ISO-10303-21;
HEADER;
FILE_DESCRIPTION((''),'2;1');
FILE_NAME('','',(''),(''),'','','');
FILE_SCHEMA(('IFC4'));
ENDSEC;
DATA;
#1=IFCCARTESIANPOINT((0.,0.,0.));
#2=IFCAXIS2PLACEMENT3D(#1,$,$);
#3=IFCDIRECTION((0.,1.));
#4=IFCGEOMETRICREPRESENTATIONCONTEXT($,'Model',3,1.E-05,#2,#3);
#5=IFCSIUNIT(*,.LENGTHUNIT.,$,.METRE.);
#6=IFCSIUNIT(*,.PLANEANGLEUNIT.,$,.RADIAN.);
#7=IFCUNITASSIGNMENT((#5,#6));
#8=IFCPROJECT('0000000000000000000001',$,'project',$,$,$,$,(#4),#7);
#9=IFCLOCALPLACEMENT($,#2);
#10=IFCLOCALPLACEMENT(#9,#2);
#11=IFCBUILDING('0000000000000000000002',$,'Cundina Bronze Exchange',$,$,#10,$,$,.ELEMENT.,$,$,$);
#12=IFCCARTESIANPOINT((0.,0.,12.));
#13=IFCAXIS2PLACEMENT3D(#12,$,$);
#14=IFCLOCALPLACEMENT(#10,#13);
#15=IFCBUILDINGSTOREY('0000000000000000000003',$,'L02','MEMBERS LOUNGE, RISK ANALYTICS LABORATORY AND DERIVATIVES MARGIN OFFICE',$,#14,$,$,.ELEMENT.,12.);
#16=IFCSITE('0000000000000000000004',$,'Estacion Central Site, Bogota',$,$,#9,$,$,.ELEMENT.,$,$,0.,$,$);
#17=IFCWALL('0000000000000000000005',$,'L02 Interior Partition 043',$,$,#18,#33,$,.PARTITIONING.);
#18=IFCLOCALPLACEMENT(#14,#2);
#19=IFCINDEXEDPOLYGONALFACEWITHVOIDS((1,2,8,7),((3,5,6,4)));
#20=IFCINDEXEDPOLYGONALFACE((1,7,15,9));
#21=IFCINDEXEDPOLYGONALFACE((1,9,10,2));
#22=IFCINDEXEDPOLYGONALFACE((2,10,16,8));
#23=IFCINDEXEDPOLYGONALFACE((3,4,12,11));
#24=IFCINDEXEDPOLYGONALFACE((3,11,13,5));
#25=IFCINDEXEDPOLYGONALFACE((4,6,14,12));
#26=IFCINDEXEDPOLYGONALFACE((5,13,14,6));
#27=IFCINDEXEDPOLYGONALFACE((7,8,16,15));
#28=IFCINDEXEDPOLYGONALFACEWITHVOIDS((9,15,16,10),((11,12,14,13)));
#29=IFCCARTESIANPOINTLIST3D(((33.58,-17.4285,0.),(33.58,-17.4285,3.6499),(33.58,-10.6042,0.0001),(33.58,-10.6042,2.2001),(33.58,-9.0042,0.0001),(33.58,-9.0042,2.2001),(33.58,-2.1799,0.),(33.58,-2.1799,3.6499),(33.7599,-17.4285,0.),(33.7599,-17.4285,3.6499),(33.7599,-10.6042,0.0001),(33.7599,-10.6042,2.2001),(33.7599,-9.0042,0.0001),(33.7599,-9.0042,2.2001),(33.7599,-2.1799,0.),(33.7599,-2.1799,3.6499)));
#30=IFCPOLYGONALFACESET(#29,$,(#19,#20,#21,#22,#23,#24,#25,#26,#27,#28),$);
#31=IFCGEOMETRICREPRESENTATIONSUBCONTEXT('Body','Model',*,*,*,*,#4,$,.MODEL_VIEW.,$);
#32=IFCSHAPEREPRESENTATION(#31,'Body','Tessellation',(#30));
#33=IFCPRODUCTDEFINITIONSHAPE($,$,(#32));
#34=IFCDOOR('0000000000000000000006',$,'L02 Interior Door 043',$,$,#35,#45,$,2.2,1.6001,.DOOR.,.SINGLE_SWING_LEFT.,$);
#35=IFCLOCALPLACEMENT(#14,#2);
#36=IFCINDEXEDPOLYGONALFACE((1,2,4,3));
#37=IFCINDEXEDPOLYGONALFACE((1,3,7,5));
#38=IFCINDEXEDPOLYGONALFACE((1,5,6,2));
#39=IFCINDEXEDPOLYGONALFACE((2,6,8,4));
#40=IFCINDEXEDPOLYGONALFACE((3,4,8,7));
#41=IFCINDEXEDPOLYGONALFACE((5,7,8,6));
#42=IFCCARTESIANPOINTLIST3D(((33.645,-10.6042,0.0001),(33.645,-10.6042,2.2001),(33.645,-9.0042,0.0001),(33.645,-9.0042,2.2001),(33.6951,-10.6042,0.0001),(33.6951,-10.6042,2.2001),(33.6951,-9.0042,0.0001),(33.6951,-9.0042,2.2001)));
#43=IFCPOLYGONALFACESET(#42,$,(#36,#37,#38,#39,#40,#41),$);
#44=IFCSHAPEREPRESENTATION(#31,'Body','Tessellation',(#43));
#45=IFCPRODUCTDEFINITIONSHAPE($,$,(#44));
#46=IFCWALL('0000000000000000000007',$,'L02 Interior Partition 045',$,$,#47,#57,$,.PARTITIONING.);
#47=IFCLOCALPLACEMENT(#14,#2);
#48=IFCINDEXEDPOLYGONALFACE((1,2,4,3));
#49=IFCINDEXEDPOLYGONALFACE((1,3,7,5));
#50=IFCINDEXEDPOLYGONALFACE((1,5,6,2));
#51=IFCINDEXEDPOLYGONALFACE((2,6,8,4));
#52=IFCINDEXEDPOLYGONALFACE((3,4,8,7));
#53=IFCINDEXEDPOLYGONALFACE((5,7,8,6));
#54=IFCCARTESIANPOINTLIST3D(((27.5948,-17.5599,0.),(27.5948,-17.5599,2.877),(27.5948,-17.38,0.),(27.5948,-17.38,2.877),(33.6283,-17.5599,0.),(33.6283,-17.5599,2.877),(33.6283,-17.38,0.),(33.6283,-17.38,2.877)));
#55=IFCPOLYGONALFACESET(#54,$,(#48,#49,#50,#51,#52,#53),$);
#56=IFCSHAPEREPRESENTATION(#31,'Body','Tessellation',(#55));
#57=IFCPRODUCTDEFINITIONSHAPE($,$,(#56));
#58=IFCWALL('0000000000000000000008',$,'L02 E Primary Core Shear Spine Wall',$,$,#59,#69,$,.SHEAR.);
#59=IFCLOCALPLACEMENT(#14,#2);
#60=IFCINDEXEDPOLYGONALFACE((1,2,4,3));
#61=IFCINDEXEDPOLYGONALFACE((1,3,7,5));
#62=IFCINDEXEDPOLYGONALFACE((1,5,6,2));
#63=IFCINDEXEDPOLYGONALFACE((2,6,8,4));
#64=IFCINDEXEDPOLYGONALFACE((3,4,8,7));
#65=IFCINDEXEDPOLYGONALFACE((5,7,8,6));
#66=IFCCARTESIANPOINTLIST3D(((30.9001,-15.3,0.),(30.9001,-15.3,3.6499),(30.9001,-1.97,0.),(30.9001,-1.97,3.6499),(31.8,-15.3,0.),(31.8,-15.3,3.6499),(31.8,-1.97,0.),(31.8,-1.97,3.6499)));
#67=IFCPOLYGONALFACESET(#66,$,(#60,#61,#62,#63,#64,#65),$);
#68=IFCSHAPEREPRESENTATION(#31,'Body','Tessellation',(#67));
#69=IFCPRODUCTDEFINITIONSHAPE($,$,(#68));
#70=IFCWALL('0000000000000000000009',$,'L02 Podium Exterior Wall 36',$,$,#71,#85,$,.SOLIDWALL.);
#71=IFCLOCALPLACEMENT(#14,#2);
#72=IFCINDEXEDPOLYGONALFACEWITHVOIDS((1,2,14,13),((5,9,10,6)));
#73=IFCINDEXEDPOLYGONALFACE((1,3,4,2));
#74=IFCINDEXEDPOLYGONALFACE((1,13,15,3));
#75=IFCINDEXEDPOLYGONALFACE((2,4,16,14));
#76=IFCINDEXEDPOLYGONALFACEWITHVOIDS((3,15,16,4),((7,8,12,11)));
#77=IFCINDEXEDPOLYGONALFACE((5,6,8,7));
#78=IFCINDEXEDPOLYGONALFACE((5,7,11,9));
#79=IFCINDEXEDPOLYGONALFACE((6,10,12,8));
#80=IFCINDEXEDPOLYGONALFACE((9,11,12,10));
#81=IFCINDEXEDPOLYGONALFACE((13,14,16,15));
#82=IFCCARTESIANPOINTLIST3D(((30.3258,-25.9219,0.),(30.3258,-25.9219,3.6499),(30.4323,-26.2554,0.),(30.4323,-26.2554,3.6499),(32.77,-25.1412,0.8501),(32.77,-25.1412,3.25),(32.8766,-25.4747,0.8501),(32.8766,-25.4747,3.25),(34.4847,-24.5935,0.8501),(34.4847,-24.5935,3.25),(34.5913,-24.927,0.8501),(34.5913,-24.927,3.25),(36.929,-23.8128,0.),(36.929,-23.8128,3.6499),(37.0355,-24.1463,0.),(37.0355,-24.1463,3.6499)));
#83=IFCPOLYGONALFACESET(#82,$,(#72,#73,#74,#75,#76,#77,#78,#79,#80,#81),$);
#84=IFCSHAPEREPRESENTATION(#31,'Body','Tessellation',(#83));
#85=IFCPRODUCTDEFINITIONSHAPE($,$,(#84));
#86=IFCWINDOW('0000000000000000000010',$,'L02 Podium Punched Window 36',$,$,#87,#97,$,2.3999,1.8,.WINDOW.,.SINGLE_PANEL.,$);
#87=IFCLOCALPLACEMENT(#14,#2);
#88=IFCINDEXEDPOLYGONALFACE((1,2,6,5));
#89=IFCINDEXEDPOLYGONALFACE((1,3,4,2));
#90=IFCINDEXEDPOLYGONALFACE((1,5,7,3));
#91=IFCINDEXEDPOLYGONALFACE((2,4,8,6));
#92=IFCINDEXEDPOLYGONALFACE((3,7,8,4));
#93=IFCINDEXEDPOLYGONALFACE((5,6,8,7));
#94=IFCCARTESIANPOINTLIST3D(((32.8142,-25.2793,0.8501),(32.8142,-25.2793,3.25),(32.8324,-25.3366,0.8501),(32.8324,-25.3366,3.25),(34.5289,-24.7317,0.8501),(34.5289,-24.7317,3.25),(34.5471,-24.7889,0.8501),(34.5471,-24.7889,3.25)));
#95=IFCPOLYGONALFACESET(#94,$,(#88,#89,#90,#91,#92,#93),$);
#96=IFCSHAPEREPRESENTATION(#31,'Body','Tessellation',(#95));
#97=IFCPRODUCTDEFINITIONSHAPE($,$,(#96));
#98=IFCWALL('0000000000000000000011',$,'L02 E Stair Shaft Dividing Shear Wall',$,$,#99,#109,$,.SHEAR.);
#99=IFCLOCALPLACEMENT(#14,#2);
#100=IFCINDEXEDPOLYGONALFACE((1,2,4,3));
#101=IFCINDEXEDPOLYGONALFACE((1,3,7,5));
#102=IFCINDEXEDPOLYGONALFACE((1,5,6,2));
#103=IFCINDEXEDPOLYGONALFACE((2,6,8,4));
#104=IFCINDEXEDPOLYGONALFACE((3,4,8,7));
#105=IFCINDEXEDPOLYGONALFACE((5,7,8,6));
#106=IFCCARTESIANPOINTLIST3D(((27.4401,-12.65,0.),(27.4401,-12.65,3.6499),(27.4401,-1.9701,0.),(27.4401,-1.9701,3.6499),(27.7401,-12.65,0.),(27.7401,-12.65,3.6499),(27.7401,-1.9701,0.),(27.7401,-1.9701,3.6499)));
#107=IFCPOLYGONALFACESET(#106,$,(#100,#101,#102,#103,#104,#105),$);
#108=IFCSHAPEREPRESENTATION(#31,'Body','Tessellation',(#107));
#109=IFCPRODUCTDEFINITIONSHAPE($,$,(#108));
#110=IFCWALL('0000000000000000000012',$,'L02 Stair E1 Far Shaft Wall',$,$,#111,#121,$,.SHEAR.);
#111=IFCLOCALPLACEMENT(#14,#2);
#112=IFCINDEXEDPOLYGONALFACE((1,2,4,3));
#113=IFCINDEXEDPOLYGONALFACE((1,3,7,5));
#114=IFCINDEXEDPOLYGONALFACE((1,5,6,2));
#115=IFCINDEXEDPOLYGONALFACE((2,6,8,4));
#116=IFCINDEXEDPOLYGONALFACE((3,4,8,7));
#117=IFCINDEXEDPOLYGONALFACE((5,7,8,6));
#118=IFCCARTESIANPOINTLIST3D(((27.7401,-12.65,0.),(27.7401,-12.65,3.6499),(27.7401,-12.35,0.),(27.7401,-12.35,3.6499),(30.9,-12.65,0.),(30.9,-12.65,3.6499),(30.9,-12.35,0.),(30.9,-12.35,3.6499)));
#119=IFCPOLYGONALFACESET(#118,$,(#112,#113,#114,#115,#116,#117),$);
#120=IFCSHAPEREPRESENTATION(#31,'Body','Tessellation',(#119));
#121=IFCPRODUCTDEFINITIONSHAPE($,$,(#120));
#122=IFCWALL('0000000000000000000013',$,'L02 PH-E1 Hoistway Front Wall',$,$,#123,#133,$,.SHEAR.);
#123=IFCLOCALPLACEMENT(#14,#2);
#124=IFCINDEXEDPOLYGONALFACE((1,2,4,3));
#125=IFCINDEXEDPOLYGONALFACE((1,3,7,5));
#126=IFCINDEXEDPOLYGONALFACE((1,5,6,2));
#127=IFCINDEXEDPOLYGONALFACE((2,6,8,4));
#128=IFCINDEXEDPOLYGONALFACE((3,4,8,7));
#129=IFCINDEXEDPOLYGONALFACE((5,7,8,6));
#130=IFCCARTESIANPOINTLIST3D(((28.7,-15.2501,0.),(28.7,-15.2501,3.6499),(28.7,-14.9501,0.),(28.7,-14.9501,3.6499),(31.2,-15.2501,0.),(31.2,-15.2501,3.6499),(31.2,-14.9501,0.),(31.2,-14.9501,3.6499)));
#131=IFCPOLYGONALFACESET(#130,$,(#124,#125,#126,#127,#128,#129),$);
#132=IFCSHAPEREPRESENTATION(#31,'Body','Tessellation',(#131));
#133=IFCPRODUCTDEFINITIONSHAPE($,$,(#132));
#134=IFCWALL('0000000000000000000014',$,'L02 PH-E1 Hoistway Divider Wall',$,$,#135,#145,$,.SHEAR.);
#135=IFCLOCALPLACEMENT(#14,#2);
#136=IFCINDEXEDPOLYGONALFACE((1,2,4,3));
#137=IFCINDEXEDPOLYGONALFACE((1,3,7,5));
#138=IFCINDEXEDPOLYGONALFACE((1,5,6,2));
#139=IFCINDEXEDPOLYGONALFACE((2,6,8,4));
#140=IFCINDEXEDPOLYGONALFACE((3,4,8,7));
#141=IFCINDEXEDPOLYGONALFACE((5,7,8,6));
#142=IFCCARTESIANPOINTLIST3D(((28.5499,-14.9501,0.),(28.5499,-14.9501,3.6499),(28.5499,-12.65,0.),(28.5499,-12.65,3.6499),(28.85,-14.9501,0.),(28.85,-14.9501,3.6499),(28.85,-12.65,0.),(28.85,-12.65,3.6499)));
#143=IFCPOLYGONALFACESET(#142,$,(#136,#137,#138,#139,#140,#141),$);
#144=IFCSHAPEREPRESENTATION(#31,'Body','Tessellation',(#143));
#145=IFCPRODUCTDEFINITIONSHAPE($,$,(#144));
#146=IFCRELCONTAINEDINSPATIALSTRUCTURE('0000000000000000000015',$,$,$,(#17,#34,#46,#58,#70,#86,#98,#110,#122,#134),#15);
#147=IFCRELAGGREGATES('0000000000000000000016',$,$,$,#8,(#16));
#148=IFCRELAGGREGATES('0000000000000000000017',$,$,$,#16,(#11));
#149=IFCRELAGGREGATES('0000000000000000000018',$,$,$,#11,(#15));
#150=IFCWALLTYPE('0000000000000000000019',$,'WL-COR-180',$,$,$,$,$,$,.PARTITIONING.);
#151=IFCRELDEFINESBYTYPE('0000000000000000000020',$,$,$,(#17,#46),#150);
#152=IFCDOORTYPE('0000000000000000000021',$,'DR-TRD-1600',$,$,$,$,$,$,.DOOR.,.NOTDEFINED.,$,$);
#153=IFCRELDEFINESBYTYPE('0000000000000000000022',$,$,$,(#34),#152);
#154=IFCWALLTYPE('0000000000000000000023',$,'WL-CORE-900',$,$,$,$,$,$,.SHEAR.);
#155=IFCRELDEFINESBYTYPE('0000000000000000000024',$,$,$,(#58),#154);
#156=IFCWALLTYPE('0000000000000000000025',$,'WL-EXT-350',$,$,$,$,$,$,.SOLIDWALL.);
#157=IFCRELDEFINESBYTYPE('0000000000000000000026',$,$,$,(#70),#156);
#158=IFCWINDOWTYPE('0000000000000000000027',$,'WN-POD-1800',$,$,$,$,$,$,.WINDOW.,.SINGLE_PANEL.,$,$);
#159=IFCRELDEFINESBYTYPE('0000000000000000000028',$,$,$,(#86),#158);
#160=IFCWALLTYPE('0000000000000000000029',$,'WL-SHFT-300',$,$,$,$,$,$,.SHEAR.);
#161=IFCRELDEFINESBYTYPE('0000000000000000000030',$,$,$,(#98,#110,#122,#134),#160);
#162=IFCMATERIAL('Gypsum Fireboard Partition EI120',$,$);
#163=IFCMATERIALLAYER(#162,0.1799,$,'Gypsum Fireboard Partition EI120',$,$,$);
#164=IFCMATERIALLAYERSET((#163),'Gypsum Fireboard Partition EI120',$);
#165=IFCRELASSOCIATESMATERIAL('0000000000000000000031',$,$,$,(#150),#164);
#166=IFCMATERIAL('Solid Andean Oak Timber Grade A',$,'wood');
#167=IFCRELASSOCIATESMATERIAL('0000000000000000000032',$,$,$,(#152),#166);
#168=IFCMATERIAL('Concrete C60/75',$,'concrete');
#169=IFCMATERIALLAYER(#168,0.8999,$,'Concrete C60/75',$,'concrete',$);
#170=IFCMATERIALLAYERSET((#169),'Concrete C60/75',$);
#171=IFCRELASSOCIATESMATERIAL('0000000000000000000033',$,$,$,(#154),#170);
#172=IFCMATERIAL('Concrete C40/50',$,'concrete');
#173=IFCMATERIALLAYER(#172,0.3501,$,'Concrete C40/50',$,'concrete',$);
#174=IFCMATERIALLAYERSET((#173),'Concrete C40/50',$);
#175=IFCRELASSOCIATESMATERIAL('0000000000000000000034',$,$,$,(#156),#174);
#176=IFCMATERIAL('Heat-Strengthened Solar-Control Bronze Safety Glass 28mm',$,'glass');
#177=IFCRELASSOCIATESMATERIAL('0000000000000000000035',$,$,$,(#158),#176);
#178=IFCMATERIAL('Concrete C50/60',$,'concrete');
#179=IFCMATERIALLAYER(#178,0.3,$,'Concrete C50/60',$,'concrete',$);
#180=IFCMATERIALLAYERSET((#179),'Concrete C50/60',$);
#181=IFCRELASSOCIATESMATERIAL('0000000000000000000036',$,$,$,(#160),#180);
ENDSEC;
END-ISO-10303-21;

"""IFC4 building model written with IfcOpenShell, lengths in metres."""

from ifc_helpers import new_model, si_unit, direction, frame, frame_2d, origin, place, context, subcontext, project, spatial, rectangle, extrude, material, layer, layer_set, type_object, element, fill, save


model = new_model("IFC4")

# Units and contexts
model_context = context("Model", 3, precision=1e-05, world=origin(), true_north=direction((0.0, 1.0)))
body_context = subcontext(model_context, "Body", "Model", "MODEL_VIEW")
ifc_project = project(units=[si_unit("LENGTHUNIT", "METRE"), si_unit("PLANEANGLEUNIT", "RADIAN")], contexts=[model_context])

# Site, building, storey
site_placement = place(None, origin())
site = spatial("IfcSite", under=ifc_project, at=site_placement, Name="Estacion Central Site, Bogota", CompositionType="ELEMENT", RefElevation=0.0)
building_placement = place(site_placement, origin())
building = spatial("IfcBuilding", under=site, at=building_placement, Name="Cundina Bronze Exchange", CompositionType="ELEMENT")
storey_placement = place(building_placement, frame((0.0, 0.0, 12.0)))
storey = spatial("IfcBuildingStorey", under=building, at=storey_placement, Name="L02", Description="MEMBERS LOUNGE, RISK ANALYTICS LABORATORY AND DERIVATIVES MARGIN OFFICE", CompositionType="ELEMENT", Elevation=12.0)

# Shared definitions
ifc_material_1 = material(Name="Concrete C60/75", Category="concrete")

# Wall, opening, door
ifc_material_2 = material(Name="Gypsum Fireboard Partition EI120")
ifc_layer_1 = layer(ifc_material_2, 0.1799, Name="Gypsum Fireboard Partition EI120")
ifc_layer_set_1 = layer_set([ifc_layer_1], Name="Gypsum Fireboard Partition EI120")
wall_type_1 = type_object("IfcWallType", Name="WL-COR-180", PredefinedType="PARTITIONING", material=ifc_layer_set_1)
wall_1_placement = place(storey_placement, frame((33.6699, -17.4285, 0.0), z_axis=(0.0, 0.0, 1.0), x_axis=(0.0, 1.0, 0.0)))
wall_1 = element("IfcWall", 1, at=wall_1_placement, inside=storey, type_object=wall_type_1, Name="L02 Interior Partition 043", PredefinedType="PARTITIONING", context=body_context, shape_type="SweptSolid", body=[
    extrude(rectangle(XDim=15.2485, YDim=0.1799, at=frame_2d((7.6243, 0.0))), origin(), (0.0, 0.0, 1.0), 3.6499),
])
opening_1_placement = place(wall_1_placement, frame((6.8242, 0.0, 0.0)))
opening_1 = element("IfcOpeningElement", 2, at=opening_1_placement, cuts=wall_1, PredefinedType="OPENING", context=body_context, shape_type="SweptSolid", body=[
    extrude(rectangle(XDim=1.6001, YDim=2.2, at=frame_2d((0.8, 1.1001))), frame((0.0, 0.0999, 0.0), z_axis=(0.0, -1.0, 0.0), x_axis=(1.0, 0.0, 0.0)), (0.0, 0.0, 1.0), 0.2),
])
ifc_material_3 = material(Name="Solid Andean Oak Timber Grade A", Category="wood")
door_type_1 = type_object("IfcDoorType", Name="DR-TRD-1600", OperationType="NOTDEFINED", PredefinedType="DOOR", material=ifc_material_3)
door_1_placement = place(opening_1_placement, origin())
door_1 = element("IfcDoor", 3, at=door_1_placement, inside=storey, type_object=door_type_1, Name="L02 Interior Door 043", OperationType="SINGLE_SWING_LEFT", OverallHeight=2.2, OverallWidth=1.6001, PredefinedType="DOOR", context=body_context, shape_type="SweptSolid", body=[
    extrude(rectangle(XDim=1.6001, YDim=2.2, at=frame_2d((0.8, 1.1001))), frame((0.0, 0.0249, 0.0), z_axis=(0.0, -1.0, 0.0), x_axis=(1.0, 0.0, 0.0)), (0.0, 0.0, 1.0), 0.05),
])
fill(opening_1, door_1)

# Walls
wall_2_placement = place(storey_placement, frame((27.595, -17.47, 0.0), z_axis=(0.0, 0.0, 1.0), x_axis=(1.0, 0.0, 0.0)))
element("IfcWall", 4, at=wall_2_placement, inside=storey, type_object=wall_type_1, Name="L02 Interior Partition 045", PredefinedType="PARTITIONING", context=body_context, shape_type="SweptSolid", body=[
    extrude(rectangle(XDim=6.0334, YDim=0.1799, at=frame_2d((3.0166, 0.0))), origin(), (0.0, 0.0, 1.0), 2.877),
])
ifc_layer_2 = layer(ifc_material_1, 0.8999, Name="Concrete C60/75", Category="concrete")
ifc_layer_set_2 = layer_set([ifc_layer_2], Name="Concrete C60/75")
wall_type_2 = type_object("IfcWallType", Name="WL-CORE-900", PredefinedType="SHEAR", material=ifc_layer_set_2)
wall_3_placement = place(storey_placement, frame((31.3501, -15.3, 0.0), z_axis=(0.0, 0.0, 1.0), x_axis=(0.0, 1.0, 0.0)))
element("IfcWall", 5, at=wall_3_placement, inside=storey, type_object=wall_type_2, Name="L02 E Primary Core Shear Spine Wall", PredefinedType="SHEAR", context=body_context, shape_type="SweptSolid", body=[
    extrude(rectangle(XDim=13.3301, YDim=0.8999, at=frame_2d((6.665, 0.0))), origin(), (0.0, 0.0, 1.0), 3.6499),
])

# Wall, opening, window
ifc_material_4 = material(Name="Concrete C40/50", Category="concrete")
ifc_layer_3 = layer(ifc_material_4, 0.3501, Name="Concrete C40/50", Category="concrete")
ifc_layer_set_3 = layer_set([ifc_layer_3], Name="Concrete C40/50")
wall_type_3 = type_object("IfcWallType", Name="WL-EXT-350", PredefinedType="SOLIDWALL", material=ifc_layer_set_3)
wall_4_placement = place(storey_placement, frame((30.3792, -26.0886, 0.0), z_axis=(0.0, 0.0, 1.0), x_axis=(0.952588, 0.304263, 0.0)))
wall_4 = element("IfcWall", 6, at=wall_4_placement, inside=storey, type_object=wall_type_3, Name="L02 Podium Exterior Wall 36", PredefinedType="SOLIDWALL", context=body_context, shape_type="SweptSolid", body=[
    extrude(rectangle(XDim=6.9319, YDim=0.3501, at=frame_2d((3.4658, 0.0))), origin(), (0.0, 0.0, 1.0), 3.6499),
])
opening_2_placement = place(wall_4_placement, frame((2.5659, 0.0, 0.8501)))
opening_2 = element("IfcOpeningElement", 7, at=opening_2_placement, cuts=wall_4, PredefinedType="OPENING", context=body_context, shape_type="SweptSolid", body=[
    extrude(rectangle(XDim=1.8, YDim=2.3999, at=frame_2d((0.8999, 1.2))), frame((0.0, 0.1851, 0.0), z_axis=(0.0, -1.0, 0.0), x_axis=(1.0, 0.0, 0.0)), (0.0, 0.0, 1.0), 0.3701),
])
ifc_material_5 = material(Name="Heat-Strengthened Solar-Control Bronze Safety Glass 28mm", Category="glass")
window_type_1 = type_object("IfcWindowType", Name="WN-POD-1800", PartitioningType="SINGLE_PANEL", PredefinedType="WINDOW", material=ifc_material_5)
window_1_placement = place(opening_2_placement, origin())
window_1 = element("IfcWindow", 8, at=window_1_placement, inside=storey, type_object=window_type_1, Name="L02 Podium Punched Window 36", OverallHeight=2.3999, OverallWidth=1.8, PartitioningType="SINGLE_PANEL", PredefinedType="WINDOW", context=body_context, shape_type="SweptSolid", body=[
    extrude(rectangle(XDim=1.8, YDim=2.3999, at=frame_2d((0.8999, 1.2))), frame((0.0, 0.03, 0.0), z_axis=(0.0, -1.0, 0.0), x_axis=(1.0, 0.0, 0.0)), (0.0, 0.0, 1.0), 0.0601),
])
fill(opening_2, window_1)

# Wall
ifc_material_6 = material(Name="Concrete C50/60", Category="concrete")
ifc_layer_4 = layer(ifc_material_6, 0.3, Name="Concrete C50/60", Category="concrete")
ifc_layer_set_4 = layer_set([ifc_layer_4], Name="Concrete C50/60")
wall_type_4 = type_object("IfcWallType", Name="WL-SHFT-300", PredefinedType="SHEAR", material=ifc_layer_set_4)
wall_5_placement = place(storey_placement, frame((27.5901, -12.6499, 0.0), z_axis=(0.0, 0.0, 1.0), x_axis=(0.0, 1.0, 0.0)))
element("IfcWall", 9, at=wall_5_placement, inside=storey, type_object=wall_type_4, Name="L02 E Stair Shaft Dividing Shear Wall", PredefinedType="SHEAR", context=body_context, shape_type="SweptSolid", body=[
    extrude(rectangle(XDim=10.6799, YDim=0.3, at=frame_2d((5.3398, 0.0))), origin(), (0.0, 0.0, 1.0), 3.6499),
])

# Walls
wall_6_placement = place(storey_placement, frame((27.74, -12.5, 0.0), z_axis=(0.0, 0.0, 1.0), x_axis=(1.0, 0.0, 0.0)))
element("IfcWall", 10, at=wall_6_placement, inside=storey, type_object=wall_type_4, Name="L02 Stair E1 Far Shaft Wall", PredefinedType="SHEAR", context=body_context, shape_type="SweptSolid", body=[
    extrude(rectangle(XDim=3.1599, YDim=0.3, at=frame_2d((1.5801, 0.0))), origin(), (0.0, 0.0, 1.0), 3.6499),
])
wall_7_placement = place(storey_placement, frame((28.7, -15.1001, 0.0), z_axis=(0.0, 0.0, 1.0), x_axis=(1.0, 0.0, 0.0)))
element("IfcWall", 11, at=wall_7_placement, inside=storey, type_object=wall_type_4, Name="L02 PH-E1 Hoistway Front Wall", PredefinedType="SHEAR", context=body_context, shape_type="SweptSolid", body=[
    extrude(rectangle(XDim=2.5, YDim=0.3, at=frame_2d((1.25, 0.0))), origin(), (0.0, 0.0, 1.0), 3.6499),
])
wall_8_placement = place(storey_placement, frame((28.7, -14.95, 0.0), z_axis=(0.0, 0.0, 1.0), x_axis=(0.0, 1.0, 0.0)))
element("IfcWall", 12, at=wall_8_placement, inside=storey, type_object=wall_type_4, Name="L02 PH-E1 Hoistway Divider Wall", PredefinedType="SHEAR", context=body_context, shape_type="SweptSolid", body=[
    extrude(rectangle(XDim=2.3, YDim=0.3, at=frame_2d((1.1499, 0.0))), origin(), (0.0, 0.0, 1.0), 3.6499),
])

save(model, "model.ifc")
